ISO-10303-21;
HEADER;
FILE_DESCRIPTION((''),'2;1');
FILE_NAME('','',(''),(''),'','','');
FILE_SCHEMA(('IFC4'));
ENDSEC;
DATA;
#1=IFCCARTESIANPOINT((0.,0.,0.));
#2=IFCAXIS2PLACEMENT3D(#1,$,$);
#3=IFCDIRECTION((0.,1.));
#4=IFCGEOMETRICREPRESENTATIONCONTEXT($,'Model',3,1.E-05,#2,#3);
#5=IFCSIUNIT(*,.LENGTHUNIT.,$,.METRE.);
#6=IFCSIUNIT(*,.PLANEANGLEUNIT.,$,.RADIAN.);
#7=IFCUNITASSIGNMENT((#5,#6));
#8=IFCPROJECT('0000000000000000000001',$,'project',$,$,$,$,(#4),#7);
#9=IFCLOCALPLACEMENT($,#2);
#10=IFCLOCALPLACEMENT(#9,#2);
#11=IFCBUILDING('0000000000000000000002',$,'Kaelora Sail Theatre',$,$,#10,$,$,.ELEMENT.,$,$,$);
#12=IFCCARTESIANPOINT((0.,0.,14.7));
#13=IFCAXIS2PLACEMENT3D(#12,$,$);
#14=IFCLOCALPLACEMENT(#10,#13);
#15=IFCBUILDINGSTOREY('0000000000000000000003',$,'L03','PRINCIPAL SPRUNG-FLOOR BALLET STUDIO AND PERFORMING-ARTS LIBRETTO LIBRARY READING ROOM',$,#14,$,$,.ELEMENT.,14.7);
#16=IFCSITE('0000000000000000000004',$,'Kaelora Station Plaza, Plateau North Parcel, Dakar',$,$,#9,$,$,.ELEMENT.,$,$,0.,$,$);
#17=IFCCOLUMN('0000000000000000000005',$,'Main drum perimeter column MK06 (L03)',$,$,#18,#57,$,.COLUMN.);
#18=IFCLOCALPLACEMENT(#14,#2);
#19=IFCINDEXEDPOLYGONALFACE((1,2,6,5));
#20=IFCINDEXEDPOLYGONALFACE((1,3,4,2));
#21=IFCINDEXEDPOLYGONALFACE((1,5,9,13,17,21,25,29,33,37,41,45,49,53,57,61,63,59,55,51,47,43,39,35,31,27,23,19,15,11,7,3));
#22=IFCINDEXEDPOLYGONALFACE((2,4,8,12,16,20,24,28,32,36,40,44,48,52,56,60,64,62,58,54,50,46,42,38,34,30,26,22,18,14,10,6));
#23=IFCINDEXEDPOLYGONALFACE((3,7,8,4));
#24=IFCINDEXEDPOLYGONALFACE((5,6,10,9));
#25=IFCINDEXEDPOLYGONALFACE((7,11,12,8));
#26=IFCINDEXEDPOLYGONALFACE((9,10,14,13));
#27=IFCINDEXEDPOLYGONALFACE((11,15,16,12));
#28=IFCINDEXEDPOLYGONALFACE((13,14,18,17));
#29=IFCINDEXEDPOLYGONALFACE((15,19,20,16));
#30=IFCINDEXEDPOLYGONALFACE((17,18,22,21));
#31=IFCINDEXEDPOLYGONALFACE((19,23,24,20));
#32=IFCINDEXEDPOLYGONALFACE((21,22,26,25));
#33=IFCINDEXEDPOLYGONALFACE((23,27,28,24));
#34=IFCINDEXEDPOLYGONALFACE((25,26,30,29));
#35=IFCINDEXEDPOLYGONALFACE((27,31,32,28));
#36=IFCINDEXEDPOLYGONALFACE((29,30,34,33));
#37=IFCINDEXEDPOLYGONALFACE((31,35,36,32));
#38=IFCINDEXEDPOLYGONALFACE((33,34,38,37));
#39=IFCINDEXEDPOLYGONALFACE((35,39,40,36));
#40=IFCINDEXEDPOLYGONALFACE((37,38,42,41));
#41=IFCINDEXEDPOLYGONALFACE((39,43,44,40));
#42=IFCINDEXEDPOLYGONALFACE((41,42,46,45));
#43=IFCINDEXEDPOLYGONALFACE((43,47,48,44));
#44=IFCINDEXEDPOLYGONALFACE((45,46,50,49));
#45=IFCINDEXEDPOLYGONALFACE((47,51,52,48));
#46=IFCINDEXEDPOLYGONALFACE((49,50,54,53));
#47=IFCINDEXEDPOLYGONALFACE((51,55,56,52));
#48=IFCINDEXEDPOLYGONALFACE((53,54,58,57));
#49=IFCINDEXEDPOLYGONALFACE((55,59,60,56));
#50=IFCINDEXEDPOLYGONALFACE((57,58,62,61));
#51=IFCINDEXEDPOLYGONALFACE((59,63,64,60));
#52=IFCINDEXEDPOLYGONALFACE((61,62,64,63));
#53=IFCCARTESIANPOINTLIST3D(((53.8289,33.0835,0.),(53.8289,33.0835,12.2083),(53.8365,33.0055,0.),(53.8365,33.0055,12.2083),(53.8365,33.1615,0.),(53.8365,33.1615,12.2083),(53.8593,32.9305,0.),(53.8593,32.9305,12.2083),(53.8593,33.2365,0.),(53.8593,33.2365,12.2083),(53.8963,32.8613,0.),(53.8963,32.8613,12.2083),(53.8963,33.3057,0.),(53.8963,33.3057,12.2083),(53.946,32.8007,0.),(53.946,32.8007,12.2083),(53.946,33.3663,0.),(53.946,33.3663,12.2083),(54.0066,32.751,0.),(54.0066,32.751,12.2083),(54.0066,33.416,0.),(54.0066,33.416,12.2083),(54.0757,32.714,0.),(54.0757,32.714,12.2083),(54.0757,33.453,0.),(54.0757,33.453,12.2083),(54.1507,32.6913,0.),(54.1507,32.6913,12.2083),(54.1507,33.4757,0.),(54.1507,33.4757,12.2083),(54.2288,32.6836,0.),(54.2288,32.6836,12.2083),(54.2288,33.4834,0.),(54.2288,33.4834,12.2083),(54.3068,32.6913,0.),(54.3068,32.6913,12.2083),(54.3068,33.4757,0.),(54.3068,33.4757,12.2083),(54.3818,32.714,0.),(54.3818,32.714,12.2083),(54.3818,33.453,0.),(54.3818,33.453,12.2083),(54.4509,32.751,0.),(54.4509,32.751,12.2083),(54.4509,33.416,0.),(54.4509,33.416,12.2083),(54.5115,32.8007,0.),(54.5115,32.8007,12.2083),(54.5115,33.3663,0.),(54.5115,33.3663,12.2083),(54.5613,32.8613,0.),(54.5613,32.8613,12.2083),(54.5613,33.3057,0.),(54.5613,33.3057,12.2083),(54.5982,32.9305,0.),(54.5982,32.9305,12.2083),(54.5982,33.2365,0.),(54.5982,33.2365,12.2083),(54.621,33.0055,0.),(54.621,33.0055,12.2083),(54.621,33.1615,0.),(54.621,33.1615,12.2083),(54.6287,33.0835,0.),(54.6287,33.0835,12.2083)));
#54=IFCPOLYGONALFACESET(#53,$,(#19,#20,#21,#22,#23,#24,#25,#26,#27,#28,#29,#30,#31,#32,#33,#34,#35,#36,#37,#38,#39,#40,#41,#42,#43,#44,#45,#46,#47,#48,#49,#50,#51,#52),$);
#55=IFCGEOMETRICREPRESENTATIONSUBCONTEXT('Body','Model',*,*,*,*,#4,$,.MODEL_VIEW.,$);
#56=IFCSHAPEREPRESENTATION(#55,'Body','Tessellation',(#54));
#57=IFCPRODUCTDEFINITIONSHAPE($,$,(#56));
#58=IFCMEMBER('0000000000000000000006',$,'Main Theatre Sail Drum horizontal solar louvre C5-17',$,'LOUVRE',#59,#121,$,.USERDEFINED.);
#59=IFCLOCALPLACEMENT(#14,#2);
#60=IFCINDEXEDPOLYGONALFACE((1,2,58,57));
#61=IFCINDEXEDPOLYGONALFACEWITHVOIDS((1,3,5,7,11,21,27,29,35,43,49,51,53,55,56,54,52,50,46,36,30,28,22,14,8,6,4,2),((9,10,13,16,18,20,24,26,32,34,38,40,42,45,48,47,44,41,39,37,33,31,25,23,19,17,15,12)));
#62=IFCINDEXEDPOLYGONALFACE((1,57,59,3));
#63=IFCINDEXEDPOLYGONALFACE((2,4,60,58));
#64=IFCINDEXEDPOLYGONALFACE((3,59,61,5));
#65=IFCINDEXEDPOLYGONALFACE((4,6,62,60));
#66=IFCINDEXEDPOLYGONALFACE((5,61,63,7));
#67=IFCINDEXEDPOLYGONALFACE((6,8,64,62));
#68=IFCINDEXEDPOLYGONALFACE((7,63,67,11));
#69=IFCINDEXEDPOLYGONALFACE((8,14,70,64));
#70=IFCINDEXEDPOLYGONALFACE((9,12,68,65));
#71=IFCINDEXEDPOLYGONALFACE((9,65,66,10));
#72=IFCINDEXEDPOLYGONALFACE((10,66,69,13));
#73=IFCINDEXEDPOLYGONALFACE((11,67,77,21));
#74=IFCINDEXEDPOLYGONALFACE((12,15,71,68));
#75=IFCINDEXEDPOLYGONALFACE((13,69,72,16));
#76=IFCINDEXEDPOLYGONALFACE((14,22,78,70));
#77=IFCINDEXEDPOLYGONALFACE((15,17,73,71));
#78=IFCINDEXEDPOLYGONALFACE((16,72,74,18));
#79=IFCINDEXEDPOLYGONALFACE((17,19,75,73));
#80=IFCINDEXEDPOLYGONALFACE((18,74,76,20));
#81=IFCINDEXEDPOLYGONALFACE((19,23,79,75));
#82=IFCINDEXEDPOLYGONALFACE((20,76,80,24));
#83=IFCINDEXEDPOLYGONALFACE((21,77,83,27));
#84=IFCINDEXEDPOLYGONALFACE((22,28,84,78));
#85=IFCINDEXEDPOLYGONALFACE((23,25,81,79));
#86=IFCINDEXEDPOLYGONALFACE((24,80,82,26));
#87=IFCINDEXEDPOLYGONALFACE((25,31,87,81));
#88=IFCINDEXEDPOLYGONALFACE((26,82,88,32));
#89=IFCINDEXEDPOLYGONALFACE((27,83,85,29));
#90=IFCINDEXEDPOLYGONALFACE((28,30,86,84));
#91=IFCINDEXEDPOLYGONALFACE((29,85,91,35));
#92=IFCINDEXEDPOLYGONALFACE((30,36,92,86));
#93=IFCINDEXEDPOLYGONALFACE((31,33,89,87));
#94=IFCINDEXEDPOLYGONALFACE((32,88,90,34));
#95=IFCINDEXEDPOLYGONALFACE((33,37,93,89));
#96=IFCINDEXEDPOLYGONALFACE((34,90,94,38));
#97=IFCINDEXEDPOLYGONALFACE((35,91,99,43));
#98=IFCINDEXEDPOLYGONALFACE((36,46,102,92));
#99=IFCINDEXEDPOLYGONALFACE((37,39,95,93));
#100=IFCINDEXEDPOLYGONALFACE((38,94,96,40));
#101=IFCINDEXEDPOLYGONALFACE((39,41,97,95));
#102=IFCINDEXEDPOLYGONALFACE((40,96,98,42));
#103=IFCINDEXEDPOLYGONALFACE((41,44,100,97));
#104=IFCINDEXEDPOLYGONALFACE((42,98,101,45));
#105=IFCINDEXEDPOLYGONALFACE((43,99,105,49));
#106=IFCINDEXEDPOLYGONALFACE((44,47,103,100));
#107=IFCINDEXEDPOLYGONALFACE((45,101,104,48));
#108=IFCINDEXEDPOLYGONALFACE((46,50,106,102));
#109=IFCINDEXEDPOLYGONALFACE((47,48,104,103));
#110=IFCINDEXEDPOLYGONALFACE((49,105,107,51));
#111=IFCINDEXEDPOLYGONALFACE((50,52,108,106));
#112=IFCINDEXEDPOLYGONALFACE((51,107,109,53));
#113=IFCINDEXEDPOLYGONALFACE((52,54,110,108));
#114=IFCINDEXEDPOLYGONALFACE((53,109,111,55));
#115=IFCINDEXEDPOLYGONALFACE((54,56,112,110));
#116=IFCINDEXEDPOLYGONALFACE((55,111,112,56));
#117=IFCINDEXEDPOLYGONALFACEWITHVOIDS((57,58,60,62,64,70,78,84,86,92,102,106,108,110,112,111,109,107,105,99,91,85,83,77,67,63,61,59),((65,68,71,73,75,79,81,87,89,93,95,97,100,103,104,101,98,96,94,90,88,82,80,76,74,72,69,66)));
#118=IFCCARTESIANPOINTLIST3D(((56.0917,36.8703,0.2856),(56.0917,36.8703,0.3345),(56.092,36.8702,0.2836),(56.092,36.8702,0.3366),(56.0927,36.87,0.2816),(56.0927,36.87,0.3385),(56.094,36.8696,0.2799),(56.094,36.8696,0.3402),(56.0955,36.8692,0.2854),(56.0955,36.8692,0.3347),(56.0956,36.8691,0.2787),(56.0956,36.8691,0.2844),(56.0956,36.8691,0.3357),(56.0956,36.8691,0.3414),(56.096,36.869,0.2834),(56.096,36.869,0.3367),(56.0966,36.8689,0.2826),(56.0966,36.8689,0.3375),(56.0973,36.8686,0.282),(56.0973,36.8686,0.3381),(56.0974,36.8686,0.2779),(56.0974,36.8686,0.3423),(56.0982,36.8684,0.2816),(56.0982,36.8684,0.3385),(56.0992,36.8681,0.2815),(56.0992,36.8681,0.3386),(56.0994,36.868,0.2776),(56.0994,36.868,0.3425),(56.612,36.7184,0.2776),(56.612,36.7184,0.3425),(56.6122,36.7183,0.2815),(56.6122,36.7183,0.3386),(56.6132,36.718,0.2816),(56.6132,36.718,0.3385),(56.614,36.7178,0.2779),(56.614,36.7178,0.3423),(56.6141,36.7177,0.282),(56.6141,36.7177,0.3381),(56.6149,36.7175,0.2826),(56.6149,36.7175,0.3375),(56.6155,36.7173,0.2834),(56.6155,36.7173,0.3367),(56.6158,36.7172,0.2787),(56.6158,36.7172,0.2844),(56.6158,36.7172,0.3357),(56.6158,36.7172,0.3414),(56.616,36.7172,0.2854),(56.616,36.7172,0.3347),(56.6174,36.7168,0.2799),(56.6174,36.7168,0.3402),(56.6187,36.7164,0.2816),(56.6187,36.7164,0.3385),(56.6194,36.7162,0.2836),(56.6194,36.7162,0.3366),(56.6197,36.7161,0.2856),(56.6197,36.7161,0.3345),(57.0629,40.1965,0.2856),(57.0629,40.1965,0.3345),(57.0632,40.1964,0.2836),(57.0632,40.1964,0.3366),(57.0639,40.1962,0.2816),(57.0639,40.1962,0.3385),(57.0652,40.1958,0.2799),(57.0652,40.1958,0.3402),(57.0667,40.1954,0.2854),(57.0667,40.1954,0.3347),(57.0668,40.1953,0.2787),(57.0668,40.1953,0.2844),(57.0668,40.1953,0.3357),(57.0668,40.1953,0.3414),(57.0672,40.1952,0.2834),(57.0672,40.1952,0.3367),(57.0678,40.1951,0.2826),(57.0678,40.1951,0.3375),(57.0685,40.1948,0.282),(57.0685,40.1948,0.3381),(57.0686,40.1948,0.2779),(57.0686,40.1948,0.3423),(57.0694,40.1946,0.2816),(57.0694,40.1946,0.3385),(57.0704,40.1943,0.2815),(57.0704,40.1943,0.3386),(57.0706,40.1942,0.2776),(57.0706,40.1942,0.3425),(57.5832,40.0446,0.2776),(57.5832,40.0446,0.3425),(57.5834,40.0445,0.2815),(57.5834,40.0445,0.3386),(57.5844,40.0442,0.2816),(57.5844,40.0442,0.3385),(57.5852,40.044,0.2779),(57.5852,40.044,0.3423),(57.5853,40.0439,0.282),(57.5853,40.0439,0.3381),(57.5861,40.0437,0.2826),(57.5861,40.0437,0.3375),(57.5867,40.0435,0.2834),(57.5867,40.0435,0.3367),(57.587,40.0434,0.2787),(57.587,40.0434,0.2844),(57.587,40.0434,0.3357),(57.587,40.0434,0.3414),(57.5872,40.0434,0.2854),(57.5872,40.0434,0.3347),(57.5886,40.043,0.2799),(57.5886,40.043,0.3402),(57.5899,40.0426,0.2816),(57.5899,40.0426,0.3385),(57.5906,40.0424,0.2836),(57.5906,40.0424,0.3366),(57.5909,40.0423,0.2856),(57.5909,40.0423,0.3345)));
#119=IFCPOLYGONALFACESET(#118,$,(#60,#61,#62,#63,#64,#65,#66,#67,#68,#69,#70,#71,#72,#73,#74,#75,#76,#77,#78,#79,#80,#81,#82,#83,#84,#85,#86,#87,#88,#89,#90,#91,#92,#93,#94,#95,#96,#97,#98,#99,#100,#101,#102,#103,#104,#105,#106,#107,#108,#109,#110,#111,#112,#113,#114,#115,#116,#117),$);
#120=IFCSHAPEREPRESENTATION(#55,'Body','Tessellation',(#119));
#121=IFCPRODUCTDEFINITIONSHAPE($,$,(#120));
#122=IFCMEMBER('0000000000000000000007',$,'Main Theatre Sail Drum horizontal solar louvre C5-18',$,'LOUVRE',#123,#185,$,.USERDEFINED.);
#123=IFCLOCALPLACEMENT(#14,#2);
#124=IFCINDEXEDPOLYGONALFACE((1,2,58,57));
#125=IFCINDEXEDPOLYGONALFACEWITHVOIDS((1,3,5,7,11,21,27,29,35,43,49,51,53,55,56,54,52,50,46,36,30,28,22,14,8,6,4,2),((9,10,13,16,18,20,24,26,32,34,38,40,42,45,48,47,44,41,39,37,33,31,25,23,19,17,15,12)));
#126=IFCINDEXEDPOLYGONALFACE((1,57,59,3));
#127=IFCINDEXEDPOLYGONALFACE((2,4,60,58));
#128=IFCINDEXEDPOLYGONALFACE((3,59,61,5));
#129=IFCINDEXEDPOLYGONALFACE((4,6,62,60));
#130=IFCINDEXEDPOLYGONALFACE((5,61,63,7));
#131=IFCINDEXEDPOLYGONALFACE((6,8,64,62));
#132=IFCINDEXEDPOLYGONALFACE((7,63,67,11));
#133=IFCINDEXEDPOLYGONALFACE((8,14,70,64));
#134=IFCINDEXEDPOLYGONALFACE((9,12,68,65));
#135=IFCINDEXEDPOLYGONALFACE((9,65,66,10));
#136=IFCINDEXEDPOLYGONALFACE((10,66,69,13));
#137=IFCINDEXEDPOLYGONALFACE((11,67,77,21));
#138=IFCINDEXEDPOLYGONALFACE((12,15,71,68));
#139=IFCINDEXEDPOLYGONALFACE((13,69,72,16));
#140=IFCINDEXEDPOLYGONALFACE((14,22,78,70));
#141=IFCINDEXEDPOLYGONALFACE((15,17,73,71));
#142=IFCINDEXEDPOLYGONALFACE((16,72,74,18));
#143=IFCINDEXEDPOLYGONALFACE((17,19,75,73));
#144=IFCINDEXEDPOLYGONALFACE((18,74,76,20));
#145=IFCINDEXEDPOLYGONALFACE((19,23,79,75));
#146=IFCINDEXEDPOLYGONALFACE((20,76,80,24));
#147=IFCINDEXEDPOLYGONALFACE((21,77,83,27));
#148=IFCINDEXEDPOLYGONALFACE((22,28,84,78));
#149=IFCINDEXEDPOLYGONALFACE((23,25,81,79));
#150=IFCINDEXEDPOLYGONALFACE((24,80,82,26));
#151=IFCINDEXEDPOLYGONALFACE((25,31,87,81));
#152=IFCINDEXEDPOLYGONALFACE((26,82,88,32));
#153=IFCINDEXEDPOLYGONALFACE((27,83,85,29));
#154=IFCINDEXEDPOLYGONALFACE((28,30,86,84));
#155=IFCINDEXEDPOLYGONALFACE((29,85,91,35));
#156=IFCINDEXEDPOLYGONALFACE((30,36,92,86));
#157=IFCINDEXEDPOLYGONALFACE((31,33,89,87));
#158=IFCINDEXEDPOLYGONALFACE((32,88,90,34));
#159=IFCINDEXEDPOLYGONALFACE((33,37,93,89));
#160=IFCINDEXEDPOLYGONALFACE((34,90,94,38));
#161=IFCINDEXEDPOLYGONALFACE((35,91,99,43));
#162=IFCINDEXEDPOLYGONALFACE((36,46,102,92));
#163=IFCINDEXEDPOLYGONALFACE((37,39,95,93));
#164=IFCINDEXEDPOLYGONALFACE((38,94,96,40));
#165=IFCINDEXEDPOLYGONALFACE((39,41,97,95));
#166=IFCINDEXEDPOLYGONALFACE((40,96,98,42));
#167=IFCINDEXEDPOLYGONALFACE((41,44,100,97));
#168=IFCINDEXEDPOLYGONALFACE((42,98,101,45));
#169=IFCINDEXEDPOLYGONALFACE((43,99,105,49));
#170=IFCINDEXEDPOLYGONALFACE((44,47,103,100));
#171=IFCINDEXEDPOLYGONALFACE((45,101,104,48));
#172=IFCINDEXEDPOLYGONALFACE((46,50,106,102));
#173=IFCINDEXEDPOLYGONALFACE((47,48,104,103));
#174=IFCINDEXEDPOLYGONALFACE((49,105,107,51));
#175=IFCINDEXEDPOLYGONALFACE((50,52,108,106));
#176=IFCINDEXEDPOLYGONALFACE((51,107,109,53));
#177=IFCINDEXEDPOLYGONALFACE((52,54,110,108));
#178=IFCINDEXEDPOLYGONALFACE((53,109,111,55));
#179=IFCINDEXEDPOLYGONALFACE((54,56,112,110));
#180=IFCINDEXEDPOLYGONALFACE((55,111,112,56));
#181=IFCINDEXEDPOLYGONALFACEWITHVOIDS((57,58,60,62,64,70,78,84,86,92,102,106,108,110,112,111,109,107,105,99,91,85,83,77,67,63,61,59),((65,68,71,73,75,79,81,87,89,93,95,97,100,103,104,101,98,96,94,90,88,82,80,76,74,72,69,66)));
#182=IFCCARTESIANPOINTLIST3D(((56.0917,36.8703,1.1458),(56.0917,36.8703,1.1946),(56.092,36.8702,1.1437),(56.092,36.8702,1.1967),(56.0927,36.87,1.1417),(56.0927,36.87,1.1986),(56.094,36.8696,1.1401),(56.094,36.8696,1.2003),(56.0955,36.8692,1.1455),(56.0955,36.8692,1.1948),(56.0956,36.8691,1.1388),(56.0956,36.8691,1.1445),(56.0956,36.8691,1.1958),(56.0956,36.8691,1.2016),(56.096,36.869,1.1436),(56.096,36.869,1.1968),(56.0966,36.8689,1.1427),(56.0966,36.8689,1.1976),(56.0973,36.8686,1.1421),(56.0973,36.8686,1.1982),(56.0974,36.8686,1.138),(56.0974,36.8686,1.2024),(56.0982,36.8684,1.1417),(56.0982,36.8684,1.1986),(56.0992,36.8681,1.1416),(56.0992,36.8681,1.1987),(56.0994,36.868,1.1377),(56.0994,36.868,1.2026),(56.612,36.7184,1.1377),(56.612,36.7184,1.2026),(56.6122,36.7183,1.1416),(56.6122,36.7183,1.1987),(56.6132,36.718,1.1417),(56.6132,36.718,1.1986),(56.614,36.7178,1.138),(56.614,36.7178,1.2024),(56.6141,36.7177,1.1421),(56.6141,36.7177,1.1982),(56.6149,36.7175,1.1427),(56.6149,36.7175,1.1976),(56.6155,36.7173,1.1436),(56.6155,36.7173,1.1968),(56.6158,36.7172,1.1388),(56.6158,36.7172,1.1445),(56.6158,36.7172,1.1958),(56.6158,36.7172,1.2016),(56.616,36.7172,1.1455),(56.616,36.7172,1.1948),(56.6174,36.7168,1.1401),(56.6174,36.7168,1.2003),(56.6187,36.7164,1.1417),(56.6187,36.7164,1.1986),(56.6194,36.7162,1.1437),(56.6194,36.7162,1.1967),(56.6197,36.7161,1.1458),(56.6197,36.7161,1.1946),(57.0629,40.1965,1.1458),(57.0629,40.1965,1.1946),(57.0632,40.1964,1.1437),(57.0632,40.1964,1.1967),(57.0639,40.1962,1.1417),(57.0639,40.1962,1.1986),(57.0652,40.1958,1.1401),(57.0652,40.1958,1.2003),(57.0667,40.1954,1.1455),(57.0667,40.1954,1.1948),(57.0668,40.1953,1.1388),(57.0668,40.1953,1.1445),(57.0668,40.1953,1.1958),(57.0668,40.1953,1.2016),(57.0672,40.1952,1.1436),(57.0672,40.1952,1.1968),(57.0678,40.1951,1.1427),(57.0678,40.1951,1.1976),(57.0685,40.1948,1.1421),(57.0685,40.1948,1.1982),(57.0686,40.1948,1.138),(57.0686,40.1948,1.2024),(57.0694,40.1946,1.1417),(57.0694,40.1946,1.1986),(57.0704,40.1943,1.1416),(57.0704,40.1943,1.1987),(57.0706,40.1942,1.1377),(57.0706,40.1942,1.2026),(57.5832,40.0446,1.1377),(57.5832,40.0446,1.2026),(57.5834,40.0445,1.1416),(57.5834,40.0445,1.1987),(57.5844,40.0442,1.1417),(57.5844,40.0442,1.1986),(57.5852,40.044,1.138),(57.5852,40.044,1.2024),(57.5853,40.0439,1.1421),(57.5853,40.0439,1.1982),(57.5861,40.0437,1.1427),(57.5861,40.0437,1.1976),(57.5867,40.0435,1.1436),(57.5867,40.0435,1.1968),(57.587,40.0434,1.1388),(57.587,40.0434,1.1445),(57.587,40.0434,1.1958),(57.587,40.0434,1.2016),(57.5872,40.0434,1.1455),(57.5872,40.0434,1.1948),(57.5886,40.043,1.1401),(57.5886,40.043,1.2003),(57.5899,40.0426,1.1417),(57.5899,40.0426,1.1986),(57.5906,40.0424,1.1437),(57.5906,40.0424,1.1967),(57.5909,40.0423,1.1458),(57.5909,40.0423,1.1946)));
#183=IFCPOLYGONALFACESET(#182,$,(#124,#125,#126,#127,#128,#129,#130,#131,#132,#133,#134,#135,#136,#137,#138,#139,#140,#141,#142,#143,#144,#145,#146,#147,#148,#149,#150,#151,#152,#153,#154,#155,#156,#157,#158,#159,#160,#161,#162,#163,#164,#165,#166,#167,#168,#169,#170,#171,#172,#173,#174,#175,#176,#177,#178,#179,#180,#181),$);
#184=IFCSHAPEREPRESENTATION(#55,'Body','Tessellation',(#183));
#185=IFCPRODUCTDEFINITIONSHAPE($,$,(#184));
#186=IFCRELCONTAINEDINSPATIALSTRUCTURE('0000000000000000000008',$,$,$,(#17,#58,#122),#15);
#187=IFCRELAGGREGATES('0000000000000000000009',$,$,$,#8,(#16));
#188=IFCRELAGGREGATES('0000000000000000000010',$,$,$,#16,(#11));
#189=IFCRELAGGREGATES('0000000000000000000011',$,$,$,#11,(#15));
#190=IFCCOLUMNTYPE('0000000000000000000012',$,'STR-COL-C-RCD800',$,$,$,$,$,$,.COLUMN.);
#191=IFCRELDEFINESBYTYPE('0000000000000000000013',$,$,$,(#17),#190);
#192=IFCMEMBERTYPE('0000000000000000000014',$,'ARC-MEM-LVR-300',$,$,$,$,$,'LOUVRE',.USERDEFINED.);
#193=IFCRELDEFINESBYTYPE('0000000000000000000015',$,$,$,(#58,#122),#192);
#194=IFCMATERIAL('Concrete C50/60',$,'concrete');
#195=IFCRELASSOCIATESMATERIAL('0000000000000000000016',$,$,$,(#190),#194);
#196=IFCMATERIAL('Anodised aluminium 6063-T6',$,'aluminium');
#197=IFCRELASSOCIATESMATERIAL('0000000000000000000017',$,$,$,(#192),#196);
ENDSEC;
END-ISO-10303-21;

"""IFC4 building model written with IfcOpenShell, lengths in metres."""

from ifc_helpers import new_model, si_unit, direction, frame, origin, origin_2d, place, context, subcontext, project, spatial, hollow_rectangle, circle, extrude, material, material_profile, profile_set, type_object, element, save


model = new_model("IFC4")

# Units and contexts
model_context = context("Model", 3, precision=1e-05, world=origin(), true_north=direction((0.0, 1.0)))
body_context = subcontext(model_context, "Body", "Model", "MODEL_VIEW")
ifc_project = project(units=[si_unit("LENGTHUNIT", "METRE"), si_unit("PLANEANGLEUNIT", "RADIAN")], contexts=[model_context])

# Site, building, storey
site_placement = place(None, origin())
site = spatial("IfcSite", under=ifc_project, at=site_placement, Name="Kaelora Station Plaza, Plateau North Parcel, Dakar", CompositionType="ELEMENT", RefElevation=0.0)
building_placement = place(site_placement, origin())
building = spatial("IfcBuilding", under=site, at=building_placement, Name="Kaelora Sail Theatre", CompositionType="ELEMENT")
storey_placement = place(building_placement, frame((0.0, 0.0, 14.7)))
storey = spatial("IfcBuildingStorey", under=building, at=storey_placement, Name="L03", Description="PRINCIPAL SPRUNG-FLOOR BALLET STUDIO AND PERFORMING-ARTS LIBRETTO LIBRARY READING ROOM", CompositionType="ELEMENT", Elevation=14.7)

# Column
ifc_material_1 = material(Name="Concrete C50/60", Category="concrete")
ifc_material_profile_1 = material_profile(ifc_material_1, circle(Radius=0.3999, at=origin_2d()), Name="RC-CCOL D800")
ifc_profile_set_1 = profile_set([ifc_material_profile_1], Name="Concrete C50/60")
column_type = type_object("IfcColumnType", Name="STR-COL-C-RCD800", PredefinedType="COLUMN", material=ifc_profile_set_1)
column_placement = place(storey_placement, frame((54.2288, 33.0835, 0.0), z_axis=(0.0, 0.0, 1.0), x_axis=(1.0, 0.0, 0.0)))
element("IfcColumn", 1, at=column_placement, inside=storey, type_object=column_type, Name="Main drum perimeter column MK06 (L03)", PredefinedType="COLUMN", context=body_context, shape_type="SweptSolid", body=[
    extrude(circle(Radius=0.3999, at=origin_2d()), origin(), (0.0, 0.0, 1.0), 12.2083),
])

# Members
ifc_material_2 = material(Name="Anodised aluminium 6063-T6", Category="aluminium")
ifc_material_profile_2 = material_profile(ifc_material_2, hollow_rectangle(XDim=0.55, YDim=0.0649, WallThickness=0.0039, InnerFilletRadius=0.0039, OuterFilletRadius=0.0081, at=origin_2d()), Name="LOUVRE 550x65x4")
ifc_profile_set_2 = profile_set([ifc_material_profile_2], Name="Anodised aluminium 6063-T6")
member_type = type_object("IfcMemberType", Name="ARC-MEM-LVR-300", ElementType="LOUVRE", PredefinedType="USERDEFINED", material=ifc_profile_set_2)
for number, where, z_axis, x_axis, name in (
    (2, (57.3269, 40.1194, 0.3101), (-0.280281, -0.959918, 0.0), (0.959918, -0.280281, 0.0), "Main Theatre Sail Drum horizontal solar louvre C5-17"),
    (3, (57.3269, 40.1194, 1.1702), (-0.280281, -0.959918, 0.0), (0.959918, -0.280281, 0.0), "Main Theatre Sail Drum horizontal solar louvre C5-18"),
):
    element("IfcMember", number, at=place(storey_placement, frame(where, z_axis=z_axis, x_axis=x_axis)), inside=storey, type_object=member_type, Name=name, ObjectType="LOUVRE", PredefinedType="USERDEFINED", context=body_context, shape_type="SweptSolid", body=[
        extrude(hollow_rectangle(XDim=0.55, YDim=0.0649, WallThickness=0.0039, InnerFilletRadius=0.0039, OuterFilletRadius=0.0081, at=origin_2d()), origin(), (0.0, 0.0, 1.0), 3.4651),
    ])

save(model, "model.ifc")
